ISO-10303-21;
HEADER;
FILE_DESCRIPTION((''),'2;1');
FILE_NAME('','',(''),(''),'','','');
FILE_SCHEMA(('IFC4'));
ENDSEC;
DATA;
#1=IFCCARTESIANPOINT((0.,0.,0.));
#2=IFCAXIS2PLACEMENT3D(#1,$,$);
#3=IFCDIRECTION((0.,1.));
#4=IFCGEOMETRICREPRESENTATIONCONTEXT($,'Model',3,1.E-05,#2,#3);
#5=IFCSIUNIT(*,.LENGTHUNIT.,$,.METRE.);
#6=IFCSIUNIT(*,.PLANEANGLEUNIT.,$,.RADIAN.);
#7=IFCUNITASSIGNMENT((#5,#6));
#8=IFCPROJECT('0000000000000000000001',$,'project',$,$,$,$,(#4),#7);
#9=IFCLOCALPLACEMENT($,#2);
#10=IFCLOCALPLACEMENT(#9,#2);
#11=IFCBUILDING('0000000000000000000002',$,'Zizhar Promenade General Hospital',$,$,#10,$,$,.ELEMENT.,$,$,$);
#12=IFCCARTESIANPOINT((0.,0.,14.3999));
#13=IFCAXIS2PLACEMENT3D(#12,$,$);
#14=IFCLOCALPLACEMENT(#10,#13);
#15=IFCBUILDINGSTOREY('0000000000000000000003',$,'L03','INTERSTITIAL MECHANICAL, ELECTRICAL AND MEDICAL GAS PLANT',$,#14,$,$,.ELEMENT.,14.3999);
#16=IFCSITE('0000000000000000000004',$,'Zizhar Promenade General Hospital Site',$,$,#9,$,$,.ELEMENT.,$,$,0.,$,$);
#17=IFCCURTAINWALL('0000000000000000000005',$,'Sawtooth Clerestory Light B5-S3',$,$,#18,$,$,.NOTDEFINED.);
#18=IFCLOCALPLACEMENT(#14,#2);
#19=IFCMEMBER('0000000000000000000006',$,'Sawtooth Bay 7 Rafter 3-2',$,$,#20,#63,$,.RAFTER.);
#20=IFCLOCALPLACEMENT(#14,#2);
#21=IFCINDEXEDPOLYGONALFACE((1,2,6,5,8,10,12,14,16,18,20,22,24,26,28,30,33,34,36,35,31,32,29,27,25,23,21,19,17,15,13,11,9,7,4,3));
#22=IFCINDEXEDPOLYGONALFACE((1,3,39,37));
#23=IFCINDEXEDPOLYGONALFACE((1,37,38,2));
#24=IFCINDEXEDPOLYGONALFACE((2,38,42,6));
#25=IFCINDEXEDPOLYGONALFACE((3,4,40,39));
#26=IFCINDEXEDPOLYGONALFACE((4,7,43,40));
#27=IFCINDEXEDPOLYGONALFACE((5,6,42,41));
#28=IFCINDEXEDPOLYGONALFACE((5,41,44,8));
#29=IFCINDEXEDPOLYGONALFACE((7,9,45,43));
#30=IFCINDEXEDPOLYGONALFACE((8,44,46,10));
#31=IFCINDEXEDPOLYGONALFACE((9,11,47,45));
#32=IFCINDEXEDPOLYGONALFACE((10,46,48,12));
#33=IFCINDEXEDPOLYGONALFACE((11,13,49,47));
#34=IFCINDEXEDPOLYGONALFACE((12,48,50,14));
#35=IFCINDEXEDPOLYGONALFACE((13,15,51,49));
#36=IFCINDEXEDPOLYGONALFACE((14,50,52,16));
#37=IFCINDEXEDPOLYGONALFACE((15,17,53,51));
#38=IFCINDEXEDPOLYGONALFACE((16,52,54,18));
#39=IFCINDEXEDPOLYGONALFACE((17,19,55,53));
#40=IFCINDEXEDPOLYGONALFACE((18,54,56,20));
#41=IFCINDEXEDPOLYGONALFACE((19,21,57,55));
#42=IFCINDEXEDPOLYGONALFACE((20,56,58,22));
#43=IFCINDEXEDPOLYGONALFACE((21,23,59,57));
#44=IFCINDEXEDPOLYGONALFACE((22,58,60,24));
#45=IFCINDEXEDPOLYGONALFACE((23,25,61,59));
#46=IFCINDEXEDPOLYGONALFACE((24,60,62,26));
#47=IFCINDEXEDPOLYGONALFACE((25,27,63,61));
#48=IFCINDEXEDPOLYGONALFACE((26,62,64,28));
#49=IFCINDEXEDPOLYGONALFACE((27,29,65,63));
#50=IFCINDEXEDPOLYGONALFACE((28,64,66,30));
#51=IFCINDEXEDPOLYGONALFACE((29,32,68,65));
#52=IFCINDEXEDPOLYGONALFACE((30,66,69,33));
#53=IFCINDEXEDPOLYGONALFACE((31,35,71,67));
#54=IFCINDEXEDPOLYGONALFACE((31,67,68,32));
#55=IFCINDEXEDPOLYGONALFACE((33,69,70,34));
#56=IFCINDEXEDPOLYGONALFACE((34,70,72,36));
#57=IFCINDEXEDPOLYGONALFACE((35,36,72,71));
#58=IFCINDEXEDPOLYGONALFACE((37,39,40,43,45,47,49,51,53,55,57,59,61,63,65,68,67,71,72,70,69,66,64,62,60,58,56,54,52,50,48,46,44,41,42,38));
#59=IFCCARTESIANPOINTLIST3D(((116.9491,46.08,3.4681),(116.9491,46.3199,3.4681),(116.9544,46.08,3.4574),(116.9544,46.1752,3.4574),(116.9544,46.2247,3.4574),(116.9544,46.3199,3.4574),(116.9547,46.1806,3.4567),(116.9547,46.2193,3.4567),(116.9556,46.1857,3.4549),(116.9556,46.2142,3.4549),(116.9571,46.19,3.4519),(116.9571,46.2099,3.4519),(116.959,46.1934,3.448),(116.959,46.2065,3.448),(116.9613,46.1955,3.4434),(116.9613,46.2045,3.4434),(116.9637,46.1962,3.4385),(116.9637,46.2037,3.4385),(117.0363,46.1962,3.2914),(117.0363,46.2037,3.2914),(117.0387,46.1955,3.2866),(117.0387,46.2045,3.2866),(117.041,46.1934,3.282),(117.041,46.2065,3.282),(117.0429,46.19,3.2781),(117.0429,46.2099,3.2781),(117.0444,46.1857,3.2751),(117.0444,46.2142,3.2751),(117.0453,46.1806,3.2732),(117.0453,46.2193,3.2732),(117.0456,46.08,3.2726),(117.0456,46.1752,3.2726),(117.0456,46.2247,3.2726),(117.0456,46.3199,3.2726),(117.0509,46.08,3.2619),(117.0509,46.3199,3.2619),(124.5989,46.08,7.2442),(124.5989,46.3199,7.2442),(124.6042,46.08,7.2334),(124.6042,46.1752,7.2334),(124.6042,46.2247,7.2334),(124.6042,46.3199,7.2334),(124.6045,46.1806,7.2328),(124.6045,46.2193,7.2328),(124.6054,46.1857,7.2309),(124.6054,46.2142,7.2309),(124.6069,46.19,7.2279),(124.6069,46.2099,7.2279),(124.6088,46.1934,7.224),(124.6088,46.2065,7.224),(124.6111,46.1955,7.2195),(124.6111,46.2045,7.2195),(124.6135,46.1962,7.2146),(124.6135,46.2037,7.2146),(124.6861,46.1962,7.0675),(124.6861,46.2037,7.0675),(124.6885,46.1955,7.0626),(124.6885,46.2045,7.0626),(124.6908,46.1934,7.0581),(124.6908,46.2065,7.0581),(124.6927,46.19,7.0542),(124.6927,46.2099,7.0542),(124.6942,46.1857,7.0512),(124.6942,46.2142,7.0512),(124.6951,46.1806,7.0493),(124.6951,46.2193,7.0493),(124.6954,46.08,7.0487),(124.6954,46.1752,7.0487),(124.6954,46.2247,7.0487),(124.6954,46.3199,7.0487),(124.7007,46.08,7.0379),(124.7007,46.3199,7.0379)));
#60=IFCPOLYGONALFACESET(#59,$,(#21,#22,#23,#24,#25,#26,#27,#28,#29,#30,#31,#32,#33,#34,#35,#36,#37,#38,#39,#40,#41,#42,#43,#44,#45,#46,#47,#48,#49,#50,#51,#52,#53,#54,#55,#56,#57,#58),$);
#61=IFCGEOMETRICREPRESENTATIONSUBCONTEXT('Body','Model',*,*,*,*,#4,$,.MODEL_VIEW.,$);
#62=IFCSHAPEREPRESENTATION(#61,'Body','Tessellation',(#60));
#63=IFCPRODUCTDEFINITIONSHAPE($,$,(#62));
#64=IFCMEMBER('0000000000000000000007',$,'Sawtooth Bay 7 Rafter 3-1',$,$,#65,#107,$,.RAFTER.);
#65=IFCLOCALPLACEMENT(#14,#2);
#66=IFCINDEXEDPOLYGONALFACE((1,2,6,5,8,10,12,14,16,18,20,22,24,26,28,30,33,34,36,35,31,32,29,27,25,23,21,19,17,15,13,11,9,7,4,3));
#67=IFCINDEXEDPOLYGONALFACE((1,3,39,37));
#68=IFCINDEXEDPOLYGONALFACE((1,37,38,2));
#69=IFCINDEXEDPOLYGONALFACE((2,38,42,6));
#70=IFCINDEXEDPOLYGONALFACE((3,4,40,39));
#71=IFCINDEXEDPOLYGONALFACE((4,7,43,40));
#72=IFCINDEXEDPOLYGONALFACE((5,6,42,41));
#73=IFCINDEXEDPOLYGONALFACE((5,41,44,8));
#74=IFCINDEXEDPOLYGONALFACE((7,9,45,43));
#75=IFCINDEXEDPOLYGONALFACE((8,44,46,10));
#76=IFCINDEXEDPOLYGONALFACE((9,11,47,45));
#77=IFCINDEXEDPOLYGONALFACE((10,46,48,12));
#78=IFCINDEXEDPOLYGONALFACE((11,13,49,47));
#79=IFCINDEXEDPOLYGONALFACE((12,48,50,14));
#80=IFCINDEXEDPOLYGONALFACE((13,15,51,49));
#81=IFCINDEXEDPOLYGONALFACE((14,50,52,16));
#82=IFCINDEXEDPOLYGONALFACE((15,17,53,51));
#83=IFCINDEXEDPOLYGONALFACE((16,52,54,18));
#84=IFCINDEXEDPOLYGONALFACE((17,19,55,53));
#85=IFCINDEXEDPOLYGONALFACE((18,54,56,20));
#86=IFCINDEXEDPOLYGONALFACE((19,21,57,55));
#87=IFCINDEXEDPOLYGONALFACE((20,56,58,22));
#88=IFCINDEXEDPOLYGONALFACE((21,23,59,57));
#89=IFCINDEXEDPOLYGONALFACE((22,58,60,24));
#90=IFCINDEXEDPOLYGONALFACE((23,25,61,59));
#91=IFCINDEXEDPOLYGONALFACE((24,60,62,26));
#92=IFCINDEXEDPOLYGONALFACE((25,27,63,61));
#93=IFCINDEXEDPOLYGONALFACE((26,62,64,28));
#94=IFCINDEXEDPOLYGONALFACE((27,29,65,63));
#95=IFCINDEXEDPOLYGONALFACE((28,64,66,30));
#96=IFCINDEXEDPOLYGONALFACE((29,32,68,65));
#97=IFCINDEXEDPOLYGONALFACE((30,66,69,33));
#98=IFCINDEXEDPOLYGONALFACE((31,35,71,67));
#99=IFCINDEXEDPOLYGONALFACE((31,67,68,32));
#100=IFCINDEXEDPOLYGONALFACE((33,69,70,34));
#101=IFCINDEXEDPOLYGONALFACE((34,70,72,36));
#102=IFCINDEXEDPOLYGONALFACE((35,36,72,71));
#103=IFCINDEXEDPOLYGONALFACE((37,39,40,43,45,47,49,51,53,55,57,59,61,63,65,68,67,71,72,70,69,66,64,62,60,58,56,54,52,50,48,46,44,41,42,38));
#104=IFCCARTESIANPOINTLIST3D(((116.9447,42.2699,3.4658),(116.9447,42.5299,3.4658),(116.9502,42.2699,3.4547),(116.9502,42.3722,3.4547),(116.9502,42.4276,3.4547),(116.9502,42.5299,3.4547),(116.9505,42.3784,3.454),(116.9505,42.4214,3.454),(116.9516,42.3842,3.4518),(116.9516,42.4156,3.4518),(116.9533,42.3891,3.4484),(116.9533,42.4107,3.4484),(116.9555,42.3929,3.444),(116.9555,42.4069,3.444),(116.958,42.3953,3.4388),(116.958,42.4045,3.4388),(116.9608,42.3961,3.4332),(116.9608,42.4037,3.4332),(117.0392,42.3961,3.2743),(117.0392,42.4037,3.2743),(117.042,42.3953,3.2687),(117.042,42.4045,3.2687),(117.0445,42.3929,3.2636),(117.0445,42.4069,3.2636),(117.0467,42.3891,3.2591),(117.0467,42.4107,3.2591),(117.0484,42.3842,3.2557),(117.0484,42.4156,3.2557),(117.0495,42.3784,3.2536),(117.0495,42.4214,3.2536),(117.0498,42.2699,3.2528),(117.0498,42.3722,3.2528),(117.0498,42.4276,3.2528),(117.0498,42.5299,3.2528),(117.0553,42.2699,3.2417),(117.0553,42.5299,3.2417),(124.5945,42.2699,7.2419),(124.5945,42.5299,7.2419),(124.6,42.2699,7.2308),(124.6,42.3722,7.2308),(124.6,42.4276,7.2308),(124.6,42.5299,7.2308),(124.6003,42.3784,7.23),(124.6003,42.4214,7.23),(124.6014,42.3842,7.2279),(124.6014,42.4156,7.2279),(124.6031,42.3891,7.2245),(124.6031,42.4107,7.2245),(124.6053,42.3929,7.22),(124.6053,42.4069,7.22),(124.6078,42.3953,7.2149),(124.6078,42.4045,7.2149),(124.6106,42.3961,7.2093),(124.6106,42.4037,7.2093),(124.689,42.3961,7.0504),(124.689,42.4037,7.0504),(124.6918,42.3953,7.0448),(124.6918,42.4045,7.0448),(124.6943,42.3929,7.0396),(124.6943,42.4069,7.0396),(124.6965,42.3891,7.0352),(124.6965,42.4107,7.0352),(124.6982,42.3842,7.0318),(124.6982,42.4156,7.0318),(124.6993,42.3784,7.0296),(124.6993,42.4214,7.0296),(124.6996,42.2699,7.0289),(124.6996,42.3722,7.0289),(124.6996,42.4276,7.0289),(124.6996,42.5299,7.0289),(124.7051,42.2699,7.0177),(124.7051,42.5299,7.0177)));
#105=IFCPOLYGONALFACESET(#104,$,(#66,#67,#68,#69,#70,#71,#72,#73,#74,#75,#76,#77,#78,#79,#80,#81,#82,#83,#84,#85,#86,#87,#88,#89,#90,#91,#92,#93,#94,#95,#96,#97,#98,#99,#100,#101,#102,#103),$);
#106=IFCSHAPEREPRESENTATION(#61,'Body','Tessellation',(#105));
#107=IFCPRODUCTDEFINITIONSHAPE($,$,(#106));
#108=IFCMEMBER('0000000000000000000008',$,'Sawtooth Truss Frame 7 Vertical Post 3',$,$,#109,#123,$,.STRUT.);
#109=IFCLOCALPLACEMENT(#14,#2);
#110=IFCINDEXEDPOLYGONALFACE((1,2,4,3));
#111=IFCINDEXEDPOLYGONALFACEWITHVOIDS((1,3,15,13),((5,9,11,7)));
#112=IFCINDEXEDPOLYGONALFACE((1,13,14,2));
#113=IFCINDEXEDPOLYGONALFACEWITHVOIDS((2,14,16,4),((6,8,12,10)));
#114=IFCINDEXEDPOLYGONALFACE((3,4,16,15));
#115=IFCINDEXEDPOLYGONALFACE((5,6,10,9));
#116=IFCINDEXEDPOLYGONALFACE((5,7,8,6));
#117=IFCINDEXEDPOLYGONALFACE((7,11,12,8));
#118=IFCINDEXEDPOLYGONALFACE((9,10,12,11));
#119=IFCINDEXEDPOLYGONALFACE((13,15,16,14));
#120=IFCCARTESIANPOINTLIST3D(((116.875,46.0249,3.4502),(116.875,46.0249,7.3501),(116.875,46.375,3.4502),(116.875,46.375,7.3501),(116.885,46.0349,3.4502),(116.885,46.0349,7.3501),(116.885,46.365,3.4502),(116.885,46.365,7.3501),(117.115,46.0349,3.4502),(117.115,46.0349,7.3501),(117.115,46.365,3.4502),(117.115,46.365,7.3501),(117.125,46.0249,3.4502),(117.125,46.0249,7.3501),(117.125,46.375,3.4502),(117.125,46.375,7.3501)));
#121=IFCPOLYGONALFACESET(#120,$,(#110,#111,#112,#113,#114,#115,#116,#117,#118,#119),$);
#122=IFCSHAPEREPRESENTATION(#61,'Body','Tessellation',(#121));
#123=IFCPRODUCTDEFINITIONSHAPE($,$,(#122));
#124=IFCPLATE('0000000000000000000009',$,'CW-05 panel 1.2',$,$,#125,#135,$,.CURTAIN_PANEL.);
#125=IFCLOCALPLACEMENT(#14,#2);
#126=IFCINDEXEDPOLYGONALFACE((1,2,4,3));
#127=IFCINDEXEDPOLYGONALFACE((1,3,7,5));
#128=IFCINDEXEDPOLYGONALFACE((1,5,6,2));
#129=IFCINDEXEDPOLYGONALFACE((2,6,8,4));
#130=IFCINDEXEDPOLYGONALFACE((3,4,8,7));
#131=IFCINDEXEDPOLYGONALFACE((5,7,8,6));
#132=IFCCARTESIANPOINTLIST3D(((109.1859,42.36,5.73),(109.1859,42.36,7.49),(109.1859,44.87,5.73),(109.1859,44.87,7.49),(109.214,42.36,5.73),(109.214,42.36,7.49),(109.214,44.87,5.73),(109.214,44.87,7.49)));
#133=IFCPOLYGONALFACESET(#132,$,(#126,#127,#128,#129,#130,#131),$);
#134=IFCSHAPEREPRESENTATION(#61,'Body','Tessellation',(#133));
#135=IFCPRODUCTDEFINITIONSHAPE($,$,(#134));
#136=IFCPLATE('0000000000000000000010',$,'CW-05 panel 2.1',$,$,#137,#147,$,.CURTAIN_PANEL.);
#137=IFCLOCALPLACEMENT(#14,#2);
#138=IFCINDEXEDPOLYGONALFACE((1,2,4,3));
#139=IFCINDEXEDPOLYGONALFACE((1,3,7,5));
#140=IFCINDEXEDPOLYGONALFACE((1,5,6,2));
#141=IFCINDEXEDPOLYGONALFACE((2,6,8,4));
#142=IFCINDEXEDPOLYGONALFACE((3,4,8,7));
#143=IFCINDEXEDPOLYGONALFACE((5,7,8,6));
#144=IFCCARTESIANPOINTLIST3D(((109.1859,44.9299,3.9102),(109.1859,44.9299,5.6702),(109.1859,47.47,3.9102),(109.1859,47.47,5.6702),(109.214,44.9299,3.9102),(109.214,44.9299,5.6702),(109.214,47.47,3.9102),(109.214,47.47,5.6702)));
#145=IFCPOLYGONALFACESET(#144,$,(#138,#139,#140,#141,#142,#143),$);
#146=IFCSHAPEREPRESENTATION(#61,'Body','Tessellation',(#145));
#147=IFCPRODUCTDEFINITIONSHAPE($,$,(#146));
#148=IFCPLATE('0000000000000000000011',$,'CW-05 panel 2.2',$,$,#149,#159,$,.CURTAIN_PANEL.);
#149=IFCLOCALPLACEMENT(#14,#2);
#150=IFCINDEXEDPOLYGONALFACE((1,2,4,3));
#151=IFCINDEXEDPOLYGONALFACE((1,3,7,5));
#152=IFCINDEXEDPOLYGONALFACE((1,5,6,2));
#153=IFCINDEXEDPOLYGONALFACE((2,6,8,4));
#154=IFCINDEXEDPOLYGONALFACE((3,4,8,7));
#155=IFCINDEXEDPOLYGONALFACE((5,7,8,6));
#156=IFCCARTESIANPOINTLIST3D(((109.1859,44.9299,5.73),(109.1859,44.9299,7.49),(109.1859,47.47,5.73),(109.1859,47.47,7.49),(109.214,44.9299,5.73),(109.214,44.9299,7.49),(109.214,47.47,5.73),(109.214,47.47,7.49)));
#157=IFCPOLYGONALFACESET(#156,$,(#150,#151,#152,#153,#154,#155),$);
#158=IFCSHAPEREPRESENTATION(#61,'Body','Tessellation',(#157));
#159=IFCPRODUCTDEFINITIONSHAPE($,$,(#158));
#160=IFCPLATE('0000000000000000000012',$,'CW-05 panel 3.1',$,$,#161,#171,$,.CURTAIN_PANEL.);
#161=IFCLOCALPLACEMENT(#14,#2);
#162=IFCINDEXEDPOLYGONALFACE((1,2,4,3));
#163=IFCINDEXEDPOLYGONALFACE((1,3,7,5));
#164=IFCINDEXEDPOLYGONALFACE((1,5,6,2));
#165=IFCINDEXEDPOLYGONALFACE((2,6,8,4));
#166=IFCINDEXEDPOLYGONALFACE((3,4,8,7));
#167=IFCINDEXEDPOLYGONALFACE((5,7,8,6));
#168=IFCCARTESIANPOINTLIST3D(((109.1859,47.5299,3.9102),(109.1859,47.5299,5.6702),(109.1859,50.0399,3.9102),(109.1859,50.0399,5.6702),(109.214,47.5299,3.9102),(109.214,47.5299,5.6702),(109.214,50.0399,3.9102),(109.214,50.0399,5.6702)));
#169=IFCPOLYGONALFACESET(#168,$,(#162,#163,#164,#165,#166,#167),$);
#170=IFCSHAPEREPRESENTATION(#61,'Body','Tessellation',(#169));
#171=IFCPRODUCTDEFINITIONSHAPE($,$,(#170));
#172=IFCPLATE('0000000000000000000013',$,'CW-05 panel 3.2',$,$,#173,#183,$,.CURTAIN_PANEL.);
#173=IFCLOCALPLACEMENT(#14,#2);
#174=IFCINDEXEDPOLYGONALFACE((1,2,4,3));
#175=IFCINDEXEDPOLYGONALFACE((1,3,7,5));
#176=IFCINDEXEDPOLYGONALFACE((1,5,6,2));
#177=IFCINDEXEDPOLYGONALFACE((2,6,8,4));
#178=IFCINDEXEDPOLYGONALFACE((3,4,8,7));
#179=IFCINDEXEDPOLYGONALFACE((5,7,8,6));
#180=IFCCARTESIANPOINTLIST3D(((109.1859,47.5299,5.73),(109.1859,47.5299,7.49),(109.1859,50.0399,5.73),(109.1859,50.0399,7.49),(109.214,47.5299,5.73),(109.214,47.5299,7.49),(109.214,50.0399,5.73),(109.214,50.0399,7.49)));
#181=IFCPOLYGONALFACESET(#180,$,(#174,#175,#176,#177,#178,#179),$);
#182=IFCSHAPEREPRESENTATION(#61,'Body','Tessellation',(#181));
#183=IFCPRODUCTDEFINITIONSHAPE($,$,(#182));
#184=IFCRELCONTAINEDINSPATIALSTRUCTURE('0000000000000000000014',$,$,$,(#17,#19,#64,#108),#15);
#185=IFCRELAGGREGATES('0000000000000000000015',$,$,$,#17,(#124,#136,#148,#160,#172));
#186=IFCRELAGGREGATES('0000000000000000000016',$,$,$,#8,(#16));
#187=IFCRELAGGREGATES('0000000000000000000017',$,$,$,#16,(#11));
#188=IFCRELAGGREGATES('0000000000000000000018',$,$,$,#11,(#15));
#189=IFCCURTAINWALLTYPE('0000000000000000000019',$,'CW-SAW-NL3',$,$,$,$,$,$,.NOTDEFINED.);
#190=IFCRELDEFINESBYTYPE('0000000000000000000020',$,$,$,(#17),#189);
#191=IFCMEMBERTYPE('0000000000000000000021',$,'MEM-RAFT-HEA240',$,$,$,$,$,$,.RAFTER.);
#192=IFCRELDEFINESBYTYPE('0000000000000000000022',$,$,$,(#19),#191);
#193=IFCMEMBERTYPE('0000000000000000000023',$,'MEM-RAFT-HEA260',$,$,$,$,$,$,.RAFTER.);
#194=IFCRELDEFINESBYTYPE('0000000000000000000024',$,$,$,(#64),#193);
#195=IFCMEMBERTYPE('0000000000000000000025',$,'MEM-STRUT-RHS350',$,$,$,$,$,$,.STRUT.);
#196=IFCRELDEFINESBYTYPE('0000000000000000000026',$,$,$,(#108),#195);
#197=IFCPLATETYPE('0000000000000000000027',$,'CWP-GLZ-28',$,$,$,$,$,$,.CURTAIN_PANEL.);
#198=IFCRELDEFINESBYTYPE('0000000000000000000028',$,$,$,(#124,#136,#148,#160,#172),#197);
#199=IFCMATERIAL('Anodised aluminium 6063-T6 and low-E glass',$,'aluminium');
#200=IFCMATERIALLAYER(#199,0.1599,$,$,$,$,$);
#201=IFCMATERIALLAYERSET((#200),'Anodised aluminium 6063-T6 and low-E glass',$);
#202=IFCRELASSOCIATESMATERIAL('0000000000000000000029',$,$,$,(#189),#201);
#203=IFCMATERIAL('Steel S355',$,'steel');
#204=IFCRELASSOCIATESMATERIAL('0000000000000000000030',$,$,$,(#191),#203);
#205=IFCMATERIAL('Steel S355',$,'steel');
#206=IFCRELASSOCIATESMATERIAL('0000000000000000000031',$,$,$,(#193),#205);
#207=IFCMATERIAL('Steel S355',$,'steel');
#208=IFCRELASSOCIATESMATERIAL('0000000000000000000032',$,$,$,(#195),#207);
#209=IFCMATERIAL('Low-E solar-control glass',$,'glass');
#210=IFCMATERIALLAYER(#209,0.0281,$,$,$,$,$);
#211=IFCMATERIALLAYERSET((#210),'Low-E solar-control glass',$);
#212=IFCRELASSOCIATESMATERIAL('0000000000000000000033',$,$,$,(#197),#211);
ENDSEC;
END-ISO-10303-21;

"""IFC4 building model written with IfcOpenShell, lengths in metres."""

from ifc_helpers import new_model, si_unit, direction, frame, origin, origin_2d, place, context, subcontext, project, spatial, rectangle, hollow_rectangle, i_section, extrude, material, layer, layer_set, material_profile, profile_set, type_object, element, aggregate, save


model = new_model("IFC4")

# Units and contexts
model_context = context("Model", 3, precision=1e-05, world=origin(), true_north=direction((0.0, 1.0)))
body_context = subcontext(model_context, "Body", "Model", "MODEL_VIEW")
ifc_project = project(units=[si_unit("LENGTHUNIT", "METRE"), si_unit("PLANEANGLEUNIT", "RADIAN")], contexts=[model_context])

# Site, building, storey
site_placement = place(None, origin())
site = spatial("IfcSite", under=ifc_project, at=site_placement, Name="Zizhar Promenade General Hospital Site", CompositionType="ELEMENT", RefElevation=0.0)
building_placement = place(site_placement, origin())
building = spatial("IfcBuilding", under=site, at=building_placement, Name="Zizhar Promenade General Hospital", CompositionType="ELEMENT")
storey_placement = place(building_placement, frame((0.0, 0.0, 14.3999)))
storey = spatial("IfcBuildingStorey", under=building, at=storey_placement, Name="L03", Description="INTERSTITIAL MECHANICAL, ELECTRICAL AND MEDICAL GAS PLANT", CompositionType="ELEMENT", Elevation=14.3999)

# Curtain wall
ifc_material_1 = material(Name="Anodised aluminium 6063-T6 and low-E glass", Category="aluminium")
ifc_layer_1 = layer(ifc_material_1, 0.1599)
ifc_layer_set_1 = layer_set([ifc_layer_1], Name="Anodised aluminium 6063-T6 and low-E glass")
curtain_wall_type = type_object("IfcCurtainWallType", Name="CW-SAW-NL3", PredefinedType="NOTDEFINED", material=ifc_layer_set_1)
curtain_wall_1_placement = place(storey_placement, origin())
curtain_wall_1 = element("IfcCurtainWall", 1, at=curtain_wall_1_placement, inside=storey, type_object=curtain_wall_type, Name="Sawtooth Clerestory Light B5-S3", PredefinedType="NOTDEFINED")

# Members
ifc_material_2 = material(Name="Steel S355", Category="steel")
ifc_material_profile_1 = material_profile(ifc_material_2, i_section(OverallWidth=0.24, OverallDepth=0.23, WebThickness=0.0076, FlangeThickness=0.012, FilletRadius=0.021, at=origin_2d()))
ifc_profile_set_1 = profile_set([ifc_material_profile_1], Name="Steel S355")
member_type_1 = type_object("IfcMemberType", Name="MEM-RAFT-HEA240", PredefinedType="RAFTER", material=ifc_profile_set_1)
member_1_placement = place(storey_placement, frame((117.0, 46.2, 3.365), z_axis=(0.896705, 0.0, 0.442629), x_axis=(0.0, 1.0, 0.0)))
element("IfcMember", 2, at=member_1_placement, inside=storey, type_object=member_type_1, Name="Sawtooth Bay 7 Rafter 3-2", PredefinedType="RAFTER", context=body_context, shape_type="SweptSolid", body=[
    extrude(i_section(OverallWidth=0.24, OverallDepth=0.23, WebThickness=0.0076, FlangeThickness=0.012, FilletRadius=0.021, at=origin_2d()), origin(), (0.0, 0.0, 1.0), 8.531),
])
ifc_material_3 = material(Name="Steel S355", Category="steel")
ifc_material_profile_2 = material_profile(ifc_material_3, i_section(OverallWidth=0.26, OverallDepth=0.25, WebThickness=0.0076, FlangeThickness=0.0125, FilletRadius=0.0239, at=origin_2d()))
ifc_profile_set_2 = profile_set([ifc_material_profile_2], Name="Steel S355")
member_type_2 = type_object("IfcMemberType", Name="MEM-RAFT-HEA260", PredefinedType="RAFTER", material=ifc_profile_set_2)
member_2_placement = place(storey_placement, frame((117.0, 42.3999, 3.3538), z_axis=(0.896705, 0.0, 0.442629), x_axis=(0.0, 1.0, 0.0)))
element("IfcMember", 3, at=member_2_placement, inside=storey, type_object=member_type_2, Name="Sawtooth Bay 7 Rafter 3-1", PredefinedType="RAFTER", context=body_context, shape_type="SweptSolid", body=[
    extrude(i_section(OverallWidth=0.26, OverallDepth=0.25, WebThickness=0.0076, FlangeThickness=0.0125, FilletRadius=0.0239, at=origin_2d()), origin(), (0.0, 0.0, 1.0), 8.531),
])
ifc_material_4 = material(Name="Steel S355", Category="steel")
ifc_material_profile_3 = material_profile(ifc_material_4, hollow_rectangle(XDim=0.25, YDim=0.3501, WallThickness=0.01, at=origin_2d()))
ifc_profile_set_3 = profile_set([ifc_material_profile_3], Name="Steel S355")
member_type_3 = type_object("IfcMemberType", Name="MEM-STRUT-RHS350", PredefinedType="STRUT", material=ifc_profile_set_3)
member_3_placement = place(storey_placement, frame((117.0, 46.2, 3.4502), z_axis=(0.0, 0.0, 1.0), x_axis=(1.0, 0.0, 0.0)))
element("IfcMember", 4, at=member_3_placement, inside=storey, type_object=member_type_3, Name="Sawtooth Truss Frame 7 Vertical Post 3", PredefinedType="STRUT", context=body_context, shape_type="SweptSolid", body=[
    extrude(hollow_rectangle(XDim=0.25, YDim=0.3501, WallThickness=0.01, at=origin_2d()), origin(), (0.0, 0.0, 1.0), 3.8999),
])

# Plates
ifc_material_5 = material(Name="Low-E solar-control glass", Category="glass")
ifc_layer_2 = layer(ifc_material_5, 0.0281)
ifc_layer_set_2 = layer_set([ifc_layer_2], Name="Low-E solar-control glass")
plate_type = type_object("IfcPlateType", Name="CWP-GLZ-28", PredefinedType="CURTAIN_PANEL", material=ifc_layer_set_2)
plate_1_placement = place(storey_placement, frame((109.2, 43.615, 5.73), z_axis=(0.0, 0.0, 1.0), x_axis=(0.0, 1.0, 0.0)))
plate_1 = element("IfcPlate", 5, at=plate_1_placement, type_object=plate_type, Name="CW-05 panel 1.2", PredefinedType="CURTAIN_PANEL", context=body_context, shape_type="SweptSolid", body=[
    extrude(rectangle(XDim=2.51, YDim=0.0281, at=origin_2d()), origin(), (0.0, 0.0, 1.0), 1.76),
])
plate_2_placement = place(storey_placement, frame((109.2, 46.2, 3.9102), z_axis=(0.0, 0.0, 1.0), x_axis=(0.0, 1.0, 0.0)))
plate_2 = element("IfcPlate", 6, at=plate_2_placement, type_object=plate_type, Name="CW-05 panel 2.1", PredefinedType="CURTAIN_PANEL", context=body_context, shape_type="SweptSolid", body=[
    extrude(rectangle(XDim=2.54, YDim=0.0281, at=origin_2d()), origin(), (0.0, 0.0, 1.0), 1.76),
])
plate_3_placement = place(storey_placement, frame((109.2, 46.2, 5.73), z_axis=(0.0, 0.0, 1.0), x_axis=(0.0, 1.0, 0.0)))
plate_3 = element("IfcPlate", 7, at=plate_3_placement, type_object=plate_type, Name="CW-05 panel 2.2", PredefinedType="CURTAIN_PANEL", context=body_context, shape_type="SweptSolid", body=[
    extrude(rectangle(XDim=2.54, YDim=0.0281, at=origin_2d()), origin(), (0.0, 0.0, 1.0), 1.76),
])
plate_4_placement = place(storey_placement, frame((109.2, 48.7849, 3.9102), z_axis=(0.0, 0.0, 1.0), x_axis=(0.0, 1.0, 0.0)))
plate_4 = element("IfcPlate", 8, at=plate_4_placement, type_object=plate_type, Name="CW-05 panel 3.1", PredefinedType="CURTAIN_PANEL", context=body_context, shape_type="SweptSolid", body=[
    extrude(rectangle(XDim=2.51, YDim=0.0281, at=origin_2d()), origin(), (0.0, 0.0, 1.0), 1.76),
])
plate_5_placement = place(storey_placement, frame((109.2, 48.7849, 5.73), z_axis=(0.0, 0.0, 1.0), x_axis=(0.0, 1.0, 0.0)))
plate_5 = element("IfcPlate", 9, at=plate_5_placement, type_object=plate_type, Name="CW-05 panel 3.2", PredefinedType="CURTAIN_PANEL", context=body_context, shape_type="SweptSolid", body=[
    extrude(rectangle(XDim=2.51, YDim=0.0281, at=origin_2d()), origin(), (0.0, 0.0, 1.0), 1.76),
])
aggregate(curtain_wall_1, [plate_1, plate_2, plate_3, plate_4, plate_5])

save(model, "model.ifc")
